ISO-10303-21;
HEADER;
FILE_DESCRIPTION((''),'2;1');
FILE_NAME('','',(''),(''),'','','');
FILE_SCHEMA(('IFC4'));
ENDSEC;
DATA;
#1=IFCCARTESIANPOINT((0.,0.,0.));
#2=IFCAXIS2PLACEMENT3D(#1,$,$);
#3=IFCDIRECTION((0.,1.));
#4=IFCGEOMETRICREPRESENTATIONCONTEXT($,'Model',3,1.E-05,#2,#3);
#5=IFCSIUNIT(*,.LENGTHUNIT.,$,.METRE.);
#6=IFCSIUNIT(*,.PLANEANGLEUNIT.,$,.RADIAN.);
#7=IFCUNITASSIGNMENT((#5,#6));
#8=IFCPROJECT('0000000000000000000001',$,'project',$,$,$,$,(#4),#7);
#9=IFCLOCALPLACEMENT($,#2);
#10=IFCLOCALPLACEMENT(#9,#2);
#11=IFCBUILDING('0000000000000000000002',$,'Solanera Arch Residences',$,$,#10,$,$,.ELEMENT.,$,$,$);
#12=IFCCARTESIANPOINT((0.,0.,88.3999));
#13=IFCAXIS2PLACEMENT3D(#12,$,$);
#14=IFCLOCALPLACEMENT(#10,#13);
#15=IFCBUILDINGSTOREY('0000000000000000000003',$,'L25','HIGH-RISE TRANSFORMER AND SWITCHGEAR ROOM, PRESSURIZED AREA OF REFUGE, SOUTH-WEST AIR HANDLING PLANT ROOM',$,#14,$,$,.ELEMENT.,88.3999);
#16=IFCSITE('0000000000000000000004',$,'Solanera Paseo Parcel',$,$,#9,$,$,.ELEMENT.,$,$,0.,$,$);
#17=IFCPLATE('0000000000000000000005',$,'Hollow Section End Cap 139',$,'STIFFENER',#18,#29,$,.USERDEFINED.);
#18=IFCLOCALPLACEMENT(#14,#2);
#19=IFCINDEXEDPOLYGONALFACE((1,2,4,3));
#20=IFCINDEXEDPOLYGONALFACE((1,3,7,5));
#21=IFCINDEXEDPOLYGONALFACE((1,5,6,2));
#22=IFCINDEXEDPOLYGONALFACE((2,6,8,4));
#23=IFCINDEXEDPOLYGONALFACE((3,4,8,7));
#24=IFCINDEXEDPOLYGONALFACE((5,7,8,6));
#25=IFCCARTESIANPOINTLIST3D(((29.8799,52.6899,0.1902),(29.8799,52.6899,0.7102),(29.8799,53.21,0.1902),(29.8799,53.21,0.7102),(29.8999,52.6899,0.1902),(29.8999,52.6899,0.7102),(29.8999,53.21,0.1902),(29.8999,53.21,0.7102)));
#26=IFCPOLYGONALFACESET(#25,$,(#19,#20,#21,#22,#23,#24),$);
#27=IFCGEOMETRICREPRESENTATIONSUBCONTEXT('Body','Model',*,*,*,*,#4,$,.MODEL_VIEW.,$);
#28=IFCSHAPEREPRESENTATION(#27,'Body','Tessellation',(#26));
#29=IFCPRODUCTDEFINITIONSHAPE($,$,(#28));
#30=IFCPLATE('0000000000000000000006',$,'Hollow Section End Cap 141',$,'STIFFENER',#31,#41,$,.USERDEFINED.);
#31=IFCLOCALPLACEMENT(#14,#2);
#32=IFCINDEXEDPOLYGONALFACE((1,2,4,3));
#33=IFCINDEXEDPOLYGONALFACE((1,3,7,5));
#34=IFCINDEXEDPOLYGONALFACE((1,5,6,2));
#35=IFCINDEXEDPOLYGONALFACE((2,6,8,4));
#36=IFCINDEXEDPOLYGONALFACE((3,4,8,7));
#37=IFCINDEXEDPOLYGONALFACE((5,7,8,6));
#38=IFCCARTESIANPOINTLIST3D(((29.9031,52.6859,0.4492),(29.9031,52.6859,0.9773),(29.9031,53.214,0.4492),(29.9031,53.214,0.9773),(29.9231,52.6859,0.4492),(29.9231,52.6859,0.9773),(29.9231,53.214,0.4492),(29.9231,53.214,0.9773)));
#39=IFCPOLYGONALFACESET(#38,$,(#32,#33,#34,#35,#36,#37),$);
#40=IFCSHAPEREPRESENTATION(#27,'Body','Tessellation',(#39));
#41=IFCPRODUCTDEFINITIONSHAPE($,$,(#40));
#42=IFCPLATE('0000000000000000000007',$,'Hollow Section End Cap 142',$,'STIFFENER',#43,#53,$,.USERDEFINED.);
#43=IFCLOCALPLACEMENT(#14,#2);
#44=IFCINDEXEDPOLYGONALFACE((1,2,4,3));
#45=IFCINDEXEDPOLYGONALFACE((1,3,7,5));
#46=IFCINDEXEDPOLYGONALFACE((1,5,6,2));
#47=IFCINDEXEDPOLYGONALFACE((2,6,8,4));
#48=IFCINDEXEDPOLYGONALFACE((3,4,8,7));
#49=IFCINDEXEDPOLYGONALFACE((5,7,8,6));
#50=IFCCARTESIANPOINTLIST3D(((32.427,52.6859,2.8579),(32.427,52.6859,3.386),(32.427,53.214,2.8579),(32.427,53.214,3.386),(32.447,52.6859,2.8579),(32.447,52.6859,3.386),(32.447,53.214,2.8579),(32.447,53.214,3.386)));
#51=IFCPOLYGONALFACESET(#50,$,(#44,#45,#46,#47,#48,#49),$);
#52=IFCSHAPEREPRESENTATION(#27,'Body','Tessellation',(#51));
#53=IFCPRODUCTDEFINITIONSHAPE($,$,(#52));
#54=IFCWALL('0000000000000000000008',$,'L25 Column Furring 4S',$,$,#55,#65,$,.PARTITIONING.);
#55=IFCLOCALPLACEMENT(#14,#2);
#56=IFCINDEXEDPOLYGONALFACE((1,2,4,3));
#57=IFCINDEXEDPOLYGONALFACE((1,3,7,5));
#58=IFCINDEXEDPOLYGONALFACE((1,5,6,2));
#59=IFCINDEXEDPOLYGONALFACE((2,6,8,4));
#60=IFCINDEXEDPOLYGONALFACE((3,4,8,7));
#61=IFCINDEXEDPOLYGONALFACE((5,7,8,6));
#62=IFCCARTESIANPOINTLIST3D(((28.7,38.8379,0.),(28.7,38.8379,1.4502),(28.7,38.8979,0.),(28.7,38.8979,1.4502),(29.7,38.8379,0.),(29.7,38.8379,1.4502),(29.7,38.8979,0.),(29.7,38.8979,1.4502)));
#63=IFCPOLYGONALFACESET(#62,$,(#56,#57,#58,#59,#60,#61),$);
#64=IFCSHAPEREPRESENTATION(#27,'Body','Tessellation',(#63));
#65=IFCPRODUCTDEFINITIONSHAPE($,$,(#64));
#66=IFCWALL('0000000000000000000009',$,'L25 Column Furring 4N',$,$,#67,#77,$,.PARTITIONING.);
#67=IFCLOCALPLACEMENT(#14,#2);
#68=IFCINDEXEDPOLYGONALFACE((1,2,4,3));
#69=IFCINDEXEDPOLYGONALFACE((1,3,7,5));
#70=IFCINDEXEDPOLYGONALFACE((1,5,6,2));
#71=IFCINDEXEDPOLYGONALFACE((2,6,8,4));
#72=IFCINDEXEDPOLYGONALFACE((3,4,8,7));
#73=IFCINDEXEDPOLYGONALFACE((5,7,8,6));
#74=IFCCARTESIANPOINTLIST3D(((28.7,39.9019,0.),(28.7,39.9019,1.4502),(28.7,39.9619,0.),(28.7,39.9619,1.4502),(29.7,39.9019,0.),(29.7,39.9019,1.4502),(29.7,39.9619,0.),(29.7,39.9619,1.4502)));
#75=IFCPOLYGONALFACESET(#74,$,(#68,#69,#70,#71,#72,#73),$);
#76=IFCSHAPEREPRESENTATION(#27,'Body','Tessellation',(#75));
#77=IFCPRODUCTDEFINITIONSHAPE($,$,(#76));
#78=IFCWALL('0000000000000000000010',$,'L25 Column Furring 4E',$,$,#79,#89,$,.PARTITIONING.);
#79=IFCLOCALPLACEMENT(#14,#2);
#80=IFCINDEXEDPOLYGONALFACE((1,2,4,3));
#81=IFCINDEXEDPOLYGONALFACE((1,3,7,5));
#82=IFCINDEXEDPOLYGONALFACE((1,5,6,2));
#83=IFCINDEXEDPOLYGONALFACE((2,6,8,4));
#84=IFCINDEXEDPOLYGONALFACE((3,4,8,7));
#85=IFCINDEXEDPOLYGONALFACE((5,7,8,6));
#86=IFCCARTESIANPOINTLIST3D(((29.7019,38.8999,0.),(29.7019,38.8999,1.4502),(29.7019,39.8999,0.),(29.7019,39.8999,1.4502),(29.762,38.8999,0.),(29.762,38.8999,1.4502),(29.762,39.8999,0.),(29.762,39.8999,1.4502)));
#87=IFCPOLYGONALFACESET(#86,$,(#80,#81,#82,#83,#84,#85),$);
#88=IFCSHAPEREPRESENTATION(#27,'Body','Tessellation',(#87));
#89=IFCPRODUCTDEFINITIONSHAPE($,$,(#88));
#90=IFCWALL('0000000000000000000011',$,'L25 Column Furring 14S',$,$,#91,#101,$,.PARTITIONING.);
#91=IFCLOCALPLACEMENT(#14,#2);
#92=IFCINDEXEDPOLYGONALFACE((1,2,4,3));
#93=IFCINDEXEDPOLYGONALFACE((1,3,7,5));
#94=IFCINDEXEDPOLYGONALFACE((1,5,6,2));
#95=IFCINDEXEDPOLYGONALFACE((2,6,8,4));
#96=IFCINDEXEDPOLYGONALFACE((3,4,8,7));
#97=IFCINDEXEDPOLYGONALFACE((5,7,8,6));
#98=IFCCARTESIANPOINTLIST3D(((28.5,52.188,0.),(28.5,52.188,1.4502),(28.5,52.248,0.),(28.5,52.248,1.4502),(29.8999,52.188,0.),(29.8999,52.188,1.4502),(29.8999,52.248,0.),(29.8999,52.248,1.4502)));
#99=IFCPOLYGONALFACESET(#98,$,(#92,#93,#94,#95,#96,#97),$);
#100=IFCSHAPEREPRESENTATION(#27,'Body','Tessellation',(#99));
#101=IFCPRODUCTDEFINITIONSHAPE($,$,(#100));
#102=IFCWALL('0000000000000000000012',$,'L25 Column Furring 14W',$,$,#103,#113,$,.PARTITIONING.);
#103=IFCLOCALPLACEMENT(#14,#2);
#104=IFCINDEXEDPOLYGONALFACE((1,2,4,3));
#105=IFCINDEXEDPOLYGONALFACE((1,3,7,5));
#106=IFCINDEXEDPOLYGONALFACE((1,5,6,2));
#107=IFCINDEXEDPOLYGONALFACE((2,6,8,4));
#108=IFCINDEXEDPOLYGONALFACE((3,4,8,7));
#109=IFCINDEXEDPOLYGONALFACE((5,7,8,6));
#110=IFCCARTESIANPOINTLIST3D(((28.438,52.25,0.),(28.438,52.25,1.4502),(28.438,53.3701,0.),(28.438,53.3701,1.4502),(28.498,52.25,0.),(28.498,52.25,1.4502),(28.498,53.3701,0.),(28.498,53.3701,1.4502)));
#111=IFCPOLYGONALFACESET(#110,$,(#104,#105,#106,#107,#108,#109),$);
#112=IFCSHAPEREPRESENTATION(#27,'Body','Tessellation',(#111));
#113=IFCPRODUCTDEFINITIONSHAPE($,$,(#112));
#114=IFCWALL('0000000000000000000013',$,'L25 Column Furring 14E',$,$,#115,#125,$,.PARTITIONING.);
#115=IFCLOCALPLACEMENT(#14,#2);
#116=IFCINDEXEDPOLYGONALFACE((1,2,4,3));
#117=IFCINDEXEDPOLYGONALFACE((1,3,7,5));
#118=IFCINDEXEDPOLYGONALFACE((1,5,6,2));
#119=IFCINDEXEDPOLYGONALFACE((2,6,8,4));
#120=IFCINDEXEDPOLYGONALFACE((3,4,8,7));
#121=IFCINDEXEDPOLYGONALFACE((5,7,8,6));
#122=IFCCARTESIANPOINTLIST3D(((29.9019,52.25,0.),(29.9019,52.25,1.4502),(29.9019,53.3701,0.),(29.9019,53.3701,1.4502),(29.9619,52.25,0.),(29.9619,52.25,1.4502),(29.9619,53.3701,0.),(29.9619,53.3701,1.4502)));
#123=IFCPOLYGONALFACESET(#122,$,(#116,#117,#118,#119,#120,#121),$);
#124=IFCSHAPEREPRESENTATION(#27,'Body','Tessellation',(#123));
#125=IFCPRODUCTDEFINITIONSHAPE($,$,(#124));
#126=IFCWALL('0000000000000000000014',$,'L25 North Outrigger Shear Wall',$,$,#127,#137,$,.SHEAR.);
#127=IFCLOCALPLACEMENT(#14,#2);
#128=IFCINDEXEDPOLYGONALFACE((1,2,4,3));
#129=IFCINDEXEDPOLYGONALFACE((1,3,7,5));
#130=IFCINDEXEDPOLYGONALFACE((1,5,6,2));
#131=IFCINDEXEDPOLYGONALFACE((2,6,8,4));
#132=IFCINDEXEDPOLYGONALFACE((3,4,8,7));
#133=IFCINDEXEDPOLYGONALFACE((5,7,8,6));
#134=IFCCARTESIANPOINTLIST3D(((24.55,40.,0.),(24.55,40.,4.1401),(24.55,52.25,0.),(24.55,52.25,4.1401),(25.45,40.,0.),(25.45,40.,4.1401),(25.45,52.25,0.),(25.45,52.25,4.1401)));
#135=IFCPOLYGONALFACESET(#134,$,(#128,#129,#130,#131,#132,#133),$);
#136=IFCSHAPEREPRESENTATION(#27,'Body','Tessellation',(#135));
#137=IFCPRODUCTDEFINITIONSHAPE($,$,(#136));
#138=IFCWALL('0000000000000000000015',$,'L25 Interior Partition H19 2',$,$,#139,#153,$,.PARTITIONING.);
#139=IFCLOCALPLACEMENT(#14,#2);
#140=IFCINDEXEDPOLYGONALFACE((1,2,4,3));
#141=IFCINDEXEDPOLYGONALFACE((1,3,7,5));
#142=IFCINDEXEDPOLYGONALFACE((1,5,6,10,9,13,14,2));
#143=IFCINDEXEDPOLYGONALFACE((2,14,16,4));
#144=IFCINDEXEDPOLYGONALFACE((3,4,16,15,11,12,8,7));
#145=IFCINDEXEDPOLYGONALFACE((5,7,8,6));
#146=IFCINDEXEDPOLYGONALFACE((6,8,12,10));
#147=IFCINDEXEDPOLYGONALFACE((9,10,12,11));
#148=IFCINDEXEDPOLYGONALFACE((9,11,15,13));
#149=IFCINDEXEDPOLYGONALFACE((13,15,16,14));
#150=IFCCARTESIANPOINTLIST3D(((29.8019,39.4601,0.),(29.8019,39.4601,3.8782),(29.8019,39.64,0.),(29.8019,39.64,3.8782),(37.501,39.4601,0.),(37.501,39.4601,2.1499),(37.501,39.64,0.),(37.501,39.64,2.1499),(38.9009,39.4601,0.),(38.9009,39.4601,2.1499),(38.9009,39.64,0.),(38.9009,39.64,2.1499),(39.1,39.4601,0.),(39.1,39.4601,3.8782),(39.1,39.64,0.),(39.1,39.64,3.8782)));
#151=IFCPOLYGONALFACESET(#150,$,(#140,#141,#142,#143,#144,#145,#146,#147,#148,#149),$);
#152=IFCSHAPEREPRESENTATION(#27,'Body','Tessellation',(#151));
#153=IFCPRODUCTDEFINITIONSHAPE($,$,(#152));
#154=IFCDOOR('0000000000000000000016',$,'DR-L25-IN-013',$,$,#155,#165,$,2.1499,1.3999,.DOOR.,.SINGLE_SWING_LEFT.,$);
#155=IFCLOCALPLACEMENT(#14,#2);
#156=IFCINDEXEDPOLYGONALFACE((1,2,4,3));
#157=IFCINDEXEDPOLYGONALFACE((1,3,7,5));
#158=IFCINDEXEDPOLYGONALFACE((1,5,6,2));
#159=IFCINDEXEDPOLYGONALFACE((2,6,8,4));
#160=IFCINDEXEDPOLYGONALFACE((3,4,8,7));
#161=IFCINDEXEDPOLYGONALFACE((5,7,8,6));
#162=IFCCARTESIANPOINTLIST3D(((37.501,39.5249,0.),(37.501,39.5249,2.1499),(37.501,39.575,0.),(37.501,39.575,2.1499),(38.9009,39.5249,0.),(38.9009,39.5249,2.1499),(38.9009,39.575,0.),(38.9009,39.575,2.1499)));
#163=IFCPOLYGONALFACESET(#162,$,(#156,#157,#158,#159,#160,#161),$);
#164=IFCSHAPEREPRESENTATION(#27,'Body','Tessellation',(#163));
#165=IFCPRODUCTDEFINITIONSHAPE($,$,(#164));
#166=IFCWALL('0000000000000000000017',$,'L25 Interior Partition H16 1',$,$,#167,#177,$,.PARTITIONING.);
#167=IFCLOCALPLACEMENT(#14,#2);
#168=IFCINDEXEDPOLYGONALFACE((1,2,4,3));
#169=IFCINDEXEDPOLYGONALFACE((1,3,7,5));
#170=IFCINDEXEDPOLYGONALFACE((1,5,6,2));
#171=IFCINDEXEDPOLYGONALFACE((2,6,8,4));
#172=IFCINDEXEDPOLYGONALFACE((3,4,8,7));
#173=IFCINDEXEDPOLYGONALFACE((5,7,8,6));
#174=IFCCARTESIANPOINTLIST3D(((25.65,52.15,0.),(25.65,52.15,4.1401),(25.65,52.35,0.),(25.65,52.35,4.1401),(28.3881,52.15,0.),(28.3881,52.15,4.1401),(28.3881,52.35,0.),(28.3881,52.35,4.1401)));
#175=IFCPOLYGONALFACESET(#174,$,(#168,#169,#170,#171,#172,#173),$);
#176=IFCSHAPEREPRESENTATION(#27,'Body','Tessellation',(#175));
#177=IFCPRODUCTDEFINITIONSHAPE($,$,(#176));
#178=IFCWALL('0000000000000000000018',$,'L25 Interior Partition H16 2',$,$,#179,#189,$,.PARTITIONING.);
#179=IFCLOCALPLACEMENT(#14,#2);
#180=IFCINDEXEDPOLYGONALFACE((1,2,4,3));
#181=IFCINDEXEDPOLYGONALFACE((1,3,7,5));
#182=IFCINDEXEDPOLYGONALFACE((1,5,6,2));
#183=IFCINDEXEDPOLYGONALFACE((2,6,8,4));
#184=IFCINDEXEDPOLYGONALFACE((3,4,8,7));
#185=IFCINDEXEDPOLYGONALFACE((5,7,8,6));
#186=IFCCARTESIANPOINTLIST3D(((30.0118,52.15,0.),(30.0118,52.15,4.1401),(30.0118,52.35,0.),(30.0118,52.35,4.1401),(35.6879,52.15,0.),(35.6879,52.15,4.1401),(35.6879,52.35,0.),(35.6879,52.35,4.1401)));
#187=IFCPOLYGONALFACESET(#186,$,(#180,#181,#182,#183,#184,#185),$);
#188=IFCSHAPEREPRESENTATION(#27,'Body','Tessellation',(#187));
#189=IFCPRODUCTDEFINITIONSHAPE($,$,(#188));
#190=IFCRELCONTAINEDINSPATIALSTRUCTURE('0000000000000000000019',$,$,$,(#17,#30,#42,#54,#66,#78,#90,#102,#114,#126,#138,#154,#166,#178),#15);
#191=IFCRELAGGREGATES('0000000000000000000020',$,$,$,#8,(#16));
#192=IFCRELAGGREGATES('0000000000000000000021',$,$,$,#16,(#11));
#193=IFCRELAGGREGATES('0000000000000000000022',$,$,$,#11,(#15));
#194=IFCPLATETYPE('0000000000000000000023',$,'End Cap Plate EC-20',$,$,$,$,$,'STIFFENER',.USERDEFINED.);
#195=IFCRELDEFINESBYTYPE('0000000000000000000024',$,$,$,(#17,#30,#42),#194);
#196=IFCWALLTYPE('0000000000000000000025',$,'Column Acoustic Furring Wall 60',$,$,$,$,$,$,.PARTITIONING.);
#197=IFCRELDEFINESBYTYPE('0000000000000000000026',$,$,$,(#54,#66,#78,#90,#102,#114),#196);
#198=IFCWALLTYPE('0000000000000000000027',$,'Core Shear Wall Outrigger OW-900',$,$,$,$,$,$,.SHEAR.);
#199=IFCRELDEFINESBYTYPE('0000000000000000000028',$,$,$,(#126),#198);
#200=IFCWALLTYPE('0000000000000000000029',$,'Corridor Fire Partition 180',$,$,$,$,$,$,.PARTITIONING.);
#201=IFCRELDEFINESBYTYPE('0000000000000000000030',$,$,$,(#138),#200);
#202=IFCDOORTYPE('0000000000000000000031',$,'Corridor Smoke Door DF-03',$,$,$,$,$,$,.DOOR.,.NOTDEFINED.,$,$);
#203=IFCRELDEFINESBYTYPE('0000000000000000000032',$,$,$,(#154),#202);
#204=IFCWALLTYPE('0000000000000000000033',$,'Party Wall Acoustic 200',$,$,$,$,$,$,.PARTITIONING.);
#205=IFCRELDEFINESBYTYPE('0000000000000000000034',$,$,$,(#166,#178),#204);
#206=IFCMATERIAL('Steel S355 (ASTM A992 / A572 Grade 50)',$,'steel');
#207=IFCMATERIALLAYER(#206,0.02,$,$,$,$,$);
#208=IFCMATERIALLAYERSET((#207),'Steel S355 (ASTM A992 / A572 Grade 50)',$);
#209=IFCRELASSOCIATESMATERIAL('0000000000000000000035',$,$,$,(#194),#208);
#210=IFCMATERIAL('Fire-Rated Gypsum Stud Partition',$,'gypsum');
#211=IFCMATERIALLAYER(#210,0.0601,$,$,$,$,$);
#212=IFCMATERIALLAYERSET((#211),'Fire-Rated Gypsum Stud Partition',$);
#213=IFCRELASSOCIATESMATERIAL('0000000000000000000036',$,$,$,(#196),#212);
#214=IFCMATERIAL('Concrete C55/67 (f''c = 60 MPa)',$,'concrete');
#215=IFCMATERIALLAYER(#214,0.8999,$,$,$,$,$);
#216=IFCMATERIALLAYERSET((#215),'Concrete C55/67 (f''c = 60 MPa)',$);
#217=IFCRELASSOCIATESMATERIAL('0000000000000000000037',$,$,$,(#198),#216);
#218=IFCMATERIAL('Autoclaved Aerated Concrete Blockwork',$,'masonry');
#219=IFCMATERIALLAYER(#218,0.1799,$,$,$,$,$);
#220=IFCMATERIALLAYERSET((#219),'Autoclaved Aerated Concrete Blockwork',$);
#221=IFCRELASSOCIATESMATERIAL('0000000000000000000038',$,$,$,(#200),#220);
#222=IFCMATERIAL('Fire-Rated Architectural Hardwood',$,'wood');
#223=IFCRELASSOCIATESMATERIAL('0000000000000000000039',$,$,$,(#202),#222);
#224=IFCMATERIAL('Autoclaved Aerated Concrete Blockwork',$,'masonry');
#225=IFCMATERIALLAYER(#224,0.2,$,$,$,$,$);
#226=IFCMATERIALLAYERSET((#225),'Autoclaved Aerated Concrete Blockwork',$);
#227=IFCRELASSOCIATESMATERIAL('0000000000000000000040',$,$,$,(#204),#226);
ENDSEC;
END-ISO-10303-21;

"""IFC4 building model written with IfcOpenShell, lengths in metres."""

from ifc_helpers import new_model, si_unit, direction, frame, frame_2d, origin, origin_2d, place, context, subcontext, project, spatial, rectangle, extrude, material, layer, layer_set, type_object, element, fill, save


model = new_model("IFC4")

# Units and contexts
model_context = context("Model", 3, precision=1e-05, world=origin(), true_north=direction((0.0, 1.0)))
body_context = subcontext(model_context, "Body", "Model", "MODEL_VIEW")
ifc_project = project(units=[si_unit("LENGTHUNIT", "METRE"), si_unit("PLANEANGLEUNIT", "RADIAN")], contexts=[model_context])

# Site, building, storey
site_placement = place(None, origin())
site = spatial("IfcSite", under=ifc_project, at=site_placement, Name="Solanera Paseo Parcel", CompositionType="ELEMENT", RefElevation=0.0)
building_placement = place(site_placement, origin())
building = spatial("IfcBuilding", under=site, at=building_placement, Name="Solanera Arch Residences", CompositionType="ELEMENT")
storey_placement = place(building_placement, frame((0.0, 0.0, 88.3999)))
storey = spatial("IfcBuildingStorey", under=building, at=storey_placement, Name="L25", Description="HIGH-RISE TRANSFORMER AND SWITCHGEAR ROOM, PRESSURIZED AREA OF REFUGE, SOUTH-WEST AIR HANDLING PLANT ROOM", CompositionType="ELEMENT", Elevation=88.3999)

# Plates
ifc_material_1 = material(Name="Steel S355 (ASTM A992 / A572 Grade 50)", Category="steel")
ifc_layer_1 = layer(ifc_material_1, 0.02)
ifc_layer_set_1 = layer_set([ifc_layer_1], Name="Steel S355 (ASTM A992 / A572 Grade 50)")
plate_type = type_object("IfcPlateType", Name="End Cap Plate EC-20", ElementType="STIFFENER", PredefinedType="USERDEFINED", material=ifc_layer_set_1)
plate_placement = place(storey_placement, frame((29.8899, 52.95, 0.1902), z_axis=(0.0, 0.0, 1.0), x_axis=(-1.0, 0.0, 0.0)))
element("IfcPlate", 1, at=plate_placement, inside=storey, type_object=plate_type, Name="Hollow Section End Cap 139", ObjectType="STIFFENER", PredefinedType="USERDEFINED", context=body_context, shape_type="SweptSolid", body=[
    extrude(rectangle(XDim=0.02, YDim=0.52, at=origin_2d()), origin(), (0.0, 0.0, 1.0), 0.52),
])
for number, where, z_axis, x_axis, name in (
    (2, (29.9131, 52.95, 0.4492), (0.0, 0.0, 1.0), (-1.0, 0.0, 0.0), "Hollow Section End Cap 141"),
    (3, (32.437, 52.95, 2.8579), (0.0, 0.0, 1.0), (1.0, 0.0, 0.0), "Hollow Section End Cap 142"),
):
    element("IfcPlate", number, at=place(storey_placement, frame(where, z_axis=z_axis, x_axis=x_axis)), inside=storey, type_object=plate_type, Name=name, ObjectType="STIFFENER", PredefinedType="USERDEFINED", context=body_context, shape_type="SweptSolid", body=[
        extrude(rectangle(XDim=0.02, YDim=0.5281, at=origin_2d()), origin(), (0.0, 0.0, 1.0), 0.5281),
    ])

# Walls
ifc_material_2 = material(Name="Fire-Rated Gypsum Stud Partition", Category="gypsum")
ifc_layer_2 = layer(ifc_material_2, 0.0601)
ifc_layer_set_2 = layer_set([ifc_layer_2], Name="Fire-Rated Gypsum Stud Partition")
wall_type_1 = type_object("IfcWallType", Name="Column Acoustic Furring Wall 60", PredefinedType="PARTITIONING", material=ifc_layer_set_2)
for number, where, z_axis, x_axis, name in (
    (4, (28.7, 38.8679, 0.0), (0.0, 0.0, 1.0), (1.0, 0.0, 0.0), "L25 Column Furring 4S"),
    (5, (28.7, 39.9319, 0.0), (0.0, 0.0, 1.0), (1.0, 0.0, 0.0), "L25 Column Furring 4N"),
    (6, (29.7319, 38.8999, 0.0), (0.0, 0.0, 1.0), (0.0, 1.0, 0.0), "L25 Column Furring 4E"),
):
    element("IfcWall", number, at=place(storey_placement, frame(where, z_axis=z_axis, x_axis=x_axis)), inside=storey, type_object=wall_type_1, Name=name, PredefinedType="PARTITIONING", context=body_context, shape_type="SweptSolid", body=[
        extrude(rectangle(XDim=1.0, YDim=0.0601, at=frame_2d((0.5, 0.0))), origin(), (0.0, 0.0, 1.0), 1.4502),
    ])
wall_1_placement = place(storey_placement, frame((28.5, 52.218, 0.0), z_axis=(0.0, 0.0, 1.0), x_axis=(1.0, 0.0, 0.0)))
element("IfcWall", 7, at=wall_1_placement, inside=storey, type_object=wall_type_1, Name="L25 Column Furring 14S", PredefinedType="PARTITIONING", context=body_context, shape_type="SweptSolid", body=[
    extrude(rectangle(XDim=1.3999, YDim=0.0601, at=frame_2d((0.7, 0.0))), origin(), (0.0, 0.0, 1.0), 1.4502),
])
for number, where, z_axis, x_axis, name in (
    (8, (28.468, 52.25, 0.0), (0.0, 0.0, 1.0), (0.0, 1.0, 0.0), "L25 Column Furring 14W"),
    (9, (29.9319, 52.25, 0.0), (0.0, 0.0, 1.0), (0.0, 1.0, 0.0), "L25 Column Furring 14E"),
):
    element("IfcWall", number, at=place(storey_placement, frame(where, z_axis=z_axis, x_axis=x_axis)), inside=storey, type_object=wall_type_1, Name=name, PredefinedType="PARTITIONING", context=body_context, shape_type="SweptSolid", body=[
        extrude(rectangle(XDim=1.1201, YDim=0.0601, at=frame_2d((0.5601, 0.0))), origin(), (0.0, 0.0, 1.0), 1.4502),
    ])
ifc_material_3 = material(Name="Concrete C55/67 (f'c = 60 MPa)", Category="concrete")
ifc_layer_3 = layer(ifc_material_3, 0.8999)
ifc_layer_set_3 = layer_set([ifc_layer_3], Name="Concrete C55/67 (f'c = 60 MPa)")
wall_type_2 = type_object("IfcWallType", Name="Core Shear Wall Outrigger OW-900", PredefinedType="SHEAR", material=ifc_layer_set_3)
wall_2_placement = place(storey_placement, frame((25.0, 40.0, 0.0), z_axis=(0.0, 0.0, 1.0), x_axis=(0.0, 1.0, 0.0)))
element("IfcWall", 10, at=wall_2_placement, inside=storey, type_object=wall_type_2, Name="L25 North Outrigger Shear Wall", PredefinedType="SHEAR", context=body_context, shape_type="SweptSolid", body=[
    extrude(rectangle(XDim=12.25, YDim=0.8999, at=frame_2d((6.125, 0.0))), origin(), (0.0, 0.0, 1.0), 4.1401),
])

# Wall, opening, door
ifc_material_4 = material(Name="Autoclaved Aerated Concrete Blockwork", Category="masonry")
ifc_layer_4 = layer(ifc_material_4, 0.1799)
ifc_layer_set_4 = layer_set([ifc_layer_4], Name="Autoclaved Aerated Concrete Blockwork")
wall_type_3 = type_object("IfcWallType", Name="Corridor Fire Partition 180", PredefinedType="PARTITIONING", material=ifc_layer_set_4)
wall_3_placement = place(storey_placement, frame((29.802, 39.55, 0.0), z_axis=(0.0, 0.0, 1.0), x_axis=(1.0, 0.0, 0.0)))
wall_3 = element("IfcWall", 11, at=wall_3_placement, inside=storey, type_object=wall_type_3, Name="L25 Interior Partition H19 2", PredefinedType="PARTITIONING", context=body_context, shape_type="SweptSolid", body=[
    extrude(rectangle(XDim=9.2981, YDim=0.1799, at=frame_2d((4.6489, 0.0))), origin(), (0.0, 0.0, 1.0), 3.8782),
])
opening_placement = place(wall_3_placement, frame((7.699, 0.0, 0.0)))
opening = element("IfcOpeningElement", 12, at=opening_placement, cuts=wall_3, PredefinedType="OPENING", context=body_context, shape_type="SweptSolid", body=[
    extrude(rectangle(XDim=1.3999, YDim=2.1499, at=frame_2d((0.7, 1.075))), frame((0.0, 0.1001, 0.0), z_axis=(0.0, -1.0, 0.0), x_axis=(1.0, 0.0, 0.0)), (0.0, 0.0, 1.0), 0.1999),
])
ifc_material_5 = material(Name="Fire-Rated Architectural Hardwood", Category="wood")
door_type = type_object("IfcDoorType", Name="Corridor Smoke Door DF-03", OperationType="NOTDEFINED", PredefinedType="DOOR", material=ifc_material_5)
door_placement = place(opening_placement, origin())
door = element("IfcDoor", 13, at=door_placement, inside=storey, type_object=door_type, Name="DR-L25-IN-013", OperationType="SINGLE_SWING_LEFT", OverallHeight=2.1499, OverallWidth=1.3999, PredefinedType="DOOR", context=body_context, shape_type="SweptSolid", body=[
    extrude(rectangle(XDim=1.3999, YDim=2.1499, at=frame_2d((0.7, 1.075))), frame((0.0, 0.0249, 0.0), z_axis=(0.0, -1.0, 0.0), x_axis=(1.0, 0.0, 0.0)), (0.0, 0.0, 1.0), 0.05),
])
fill(opening, door)

# Walls
ifc_material_6 = material(Name="Autoclaved Aerated Concrete Blockwork", Category="masonry")
ifc_layer_5 = layer(ifc_material_6, 0.2)
ifc_layer_set_5 = layer_set([ifc_layer_5], Name="Autoclaved Aerated Concrete Blockwork")
wall_type_4 = type_object("IfcWallType", Name="Party Wall Acoustic 200", PredefinedType="PARTITIONING", material=ifc_layer_set_5)
wall_4_placement = place(storey_placement, frame((25.6499, 52.25, 0.0), z_axis=(0.0, 0.0, 1.0), x_axis=(1.0, 0.0, 0.0)))
element("IfcWall", 14, at=wall_4_placement, inside=storey, type_object=wall_type_4, Name="L25 Interior Partition H16 1", PredefinedType="PARTITIONING", context=body_context, shape_type="SweptSolid", body=[
    extrude(rectangle(XDim=2.738, YDim=0.2, at=frame_2d((1.3691, 0.0))), origin(), (0.0, 0.0, 1.0), 4.1401),
])
wall_5_placement = place(storey_placement, frame((30.012, 52.25, 0.0), z_axis=(0.0, 0.0, 1.0), x_axis=(1.0, 0.0, 0.0)))
element("IfcWall", 15, at=wall_5_placement, inside=storey, type_object=wall_type_4, Name="L25 Interior Partition H16 2", PredefinedType="PARTITIONING", context=body_context, shape_type="SweptSolid", body=[
    extrude(rectangle(XDim=5.676, YDim=0.2, at=frame_2d((2.8379, 0.0))), origin(), (0.0, 0.0, 1.0), 4.1401),
])

save(model, "model.ifc")
